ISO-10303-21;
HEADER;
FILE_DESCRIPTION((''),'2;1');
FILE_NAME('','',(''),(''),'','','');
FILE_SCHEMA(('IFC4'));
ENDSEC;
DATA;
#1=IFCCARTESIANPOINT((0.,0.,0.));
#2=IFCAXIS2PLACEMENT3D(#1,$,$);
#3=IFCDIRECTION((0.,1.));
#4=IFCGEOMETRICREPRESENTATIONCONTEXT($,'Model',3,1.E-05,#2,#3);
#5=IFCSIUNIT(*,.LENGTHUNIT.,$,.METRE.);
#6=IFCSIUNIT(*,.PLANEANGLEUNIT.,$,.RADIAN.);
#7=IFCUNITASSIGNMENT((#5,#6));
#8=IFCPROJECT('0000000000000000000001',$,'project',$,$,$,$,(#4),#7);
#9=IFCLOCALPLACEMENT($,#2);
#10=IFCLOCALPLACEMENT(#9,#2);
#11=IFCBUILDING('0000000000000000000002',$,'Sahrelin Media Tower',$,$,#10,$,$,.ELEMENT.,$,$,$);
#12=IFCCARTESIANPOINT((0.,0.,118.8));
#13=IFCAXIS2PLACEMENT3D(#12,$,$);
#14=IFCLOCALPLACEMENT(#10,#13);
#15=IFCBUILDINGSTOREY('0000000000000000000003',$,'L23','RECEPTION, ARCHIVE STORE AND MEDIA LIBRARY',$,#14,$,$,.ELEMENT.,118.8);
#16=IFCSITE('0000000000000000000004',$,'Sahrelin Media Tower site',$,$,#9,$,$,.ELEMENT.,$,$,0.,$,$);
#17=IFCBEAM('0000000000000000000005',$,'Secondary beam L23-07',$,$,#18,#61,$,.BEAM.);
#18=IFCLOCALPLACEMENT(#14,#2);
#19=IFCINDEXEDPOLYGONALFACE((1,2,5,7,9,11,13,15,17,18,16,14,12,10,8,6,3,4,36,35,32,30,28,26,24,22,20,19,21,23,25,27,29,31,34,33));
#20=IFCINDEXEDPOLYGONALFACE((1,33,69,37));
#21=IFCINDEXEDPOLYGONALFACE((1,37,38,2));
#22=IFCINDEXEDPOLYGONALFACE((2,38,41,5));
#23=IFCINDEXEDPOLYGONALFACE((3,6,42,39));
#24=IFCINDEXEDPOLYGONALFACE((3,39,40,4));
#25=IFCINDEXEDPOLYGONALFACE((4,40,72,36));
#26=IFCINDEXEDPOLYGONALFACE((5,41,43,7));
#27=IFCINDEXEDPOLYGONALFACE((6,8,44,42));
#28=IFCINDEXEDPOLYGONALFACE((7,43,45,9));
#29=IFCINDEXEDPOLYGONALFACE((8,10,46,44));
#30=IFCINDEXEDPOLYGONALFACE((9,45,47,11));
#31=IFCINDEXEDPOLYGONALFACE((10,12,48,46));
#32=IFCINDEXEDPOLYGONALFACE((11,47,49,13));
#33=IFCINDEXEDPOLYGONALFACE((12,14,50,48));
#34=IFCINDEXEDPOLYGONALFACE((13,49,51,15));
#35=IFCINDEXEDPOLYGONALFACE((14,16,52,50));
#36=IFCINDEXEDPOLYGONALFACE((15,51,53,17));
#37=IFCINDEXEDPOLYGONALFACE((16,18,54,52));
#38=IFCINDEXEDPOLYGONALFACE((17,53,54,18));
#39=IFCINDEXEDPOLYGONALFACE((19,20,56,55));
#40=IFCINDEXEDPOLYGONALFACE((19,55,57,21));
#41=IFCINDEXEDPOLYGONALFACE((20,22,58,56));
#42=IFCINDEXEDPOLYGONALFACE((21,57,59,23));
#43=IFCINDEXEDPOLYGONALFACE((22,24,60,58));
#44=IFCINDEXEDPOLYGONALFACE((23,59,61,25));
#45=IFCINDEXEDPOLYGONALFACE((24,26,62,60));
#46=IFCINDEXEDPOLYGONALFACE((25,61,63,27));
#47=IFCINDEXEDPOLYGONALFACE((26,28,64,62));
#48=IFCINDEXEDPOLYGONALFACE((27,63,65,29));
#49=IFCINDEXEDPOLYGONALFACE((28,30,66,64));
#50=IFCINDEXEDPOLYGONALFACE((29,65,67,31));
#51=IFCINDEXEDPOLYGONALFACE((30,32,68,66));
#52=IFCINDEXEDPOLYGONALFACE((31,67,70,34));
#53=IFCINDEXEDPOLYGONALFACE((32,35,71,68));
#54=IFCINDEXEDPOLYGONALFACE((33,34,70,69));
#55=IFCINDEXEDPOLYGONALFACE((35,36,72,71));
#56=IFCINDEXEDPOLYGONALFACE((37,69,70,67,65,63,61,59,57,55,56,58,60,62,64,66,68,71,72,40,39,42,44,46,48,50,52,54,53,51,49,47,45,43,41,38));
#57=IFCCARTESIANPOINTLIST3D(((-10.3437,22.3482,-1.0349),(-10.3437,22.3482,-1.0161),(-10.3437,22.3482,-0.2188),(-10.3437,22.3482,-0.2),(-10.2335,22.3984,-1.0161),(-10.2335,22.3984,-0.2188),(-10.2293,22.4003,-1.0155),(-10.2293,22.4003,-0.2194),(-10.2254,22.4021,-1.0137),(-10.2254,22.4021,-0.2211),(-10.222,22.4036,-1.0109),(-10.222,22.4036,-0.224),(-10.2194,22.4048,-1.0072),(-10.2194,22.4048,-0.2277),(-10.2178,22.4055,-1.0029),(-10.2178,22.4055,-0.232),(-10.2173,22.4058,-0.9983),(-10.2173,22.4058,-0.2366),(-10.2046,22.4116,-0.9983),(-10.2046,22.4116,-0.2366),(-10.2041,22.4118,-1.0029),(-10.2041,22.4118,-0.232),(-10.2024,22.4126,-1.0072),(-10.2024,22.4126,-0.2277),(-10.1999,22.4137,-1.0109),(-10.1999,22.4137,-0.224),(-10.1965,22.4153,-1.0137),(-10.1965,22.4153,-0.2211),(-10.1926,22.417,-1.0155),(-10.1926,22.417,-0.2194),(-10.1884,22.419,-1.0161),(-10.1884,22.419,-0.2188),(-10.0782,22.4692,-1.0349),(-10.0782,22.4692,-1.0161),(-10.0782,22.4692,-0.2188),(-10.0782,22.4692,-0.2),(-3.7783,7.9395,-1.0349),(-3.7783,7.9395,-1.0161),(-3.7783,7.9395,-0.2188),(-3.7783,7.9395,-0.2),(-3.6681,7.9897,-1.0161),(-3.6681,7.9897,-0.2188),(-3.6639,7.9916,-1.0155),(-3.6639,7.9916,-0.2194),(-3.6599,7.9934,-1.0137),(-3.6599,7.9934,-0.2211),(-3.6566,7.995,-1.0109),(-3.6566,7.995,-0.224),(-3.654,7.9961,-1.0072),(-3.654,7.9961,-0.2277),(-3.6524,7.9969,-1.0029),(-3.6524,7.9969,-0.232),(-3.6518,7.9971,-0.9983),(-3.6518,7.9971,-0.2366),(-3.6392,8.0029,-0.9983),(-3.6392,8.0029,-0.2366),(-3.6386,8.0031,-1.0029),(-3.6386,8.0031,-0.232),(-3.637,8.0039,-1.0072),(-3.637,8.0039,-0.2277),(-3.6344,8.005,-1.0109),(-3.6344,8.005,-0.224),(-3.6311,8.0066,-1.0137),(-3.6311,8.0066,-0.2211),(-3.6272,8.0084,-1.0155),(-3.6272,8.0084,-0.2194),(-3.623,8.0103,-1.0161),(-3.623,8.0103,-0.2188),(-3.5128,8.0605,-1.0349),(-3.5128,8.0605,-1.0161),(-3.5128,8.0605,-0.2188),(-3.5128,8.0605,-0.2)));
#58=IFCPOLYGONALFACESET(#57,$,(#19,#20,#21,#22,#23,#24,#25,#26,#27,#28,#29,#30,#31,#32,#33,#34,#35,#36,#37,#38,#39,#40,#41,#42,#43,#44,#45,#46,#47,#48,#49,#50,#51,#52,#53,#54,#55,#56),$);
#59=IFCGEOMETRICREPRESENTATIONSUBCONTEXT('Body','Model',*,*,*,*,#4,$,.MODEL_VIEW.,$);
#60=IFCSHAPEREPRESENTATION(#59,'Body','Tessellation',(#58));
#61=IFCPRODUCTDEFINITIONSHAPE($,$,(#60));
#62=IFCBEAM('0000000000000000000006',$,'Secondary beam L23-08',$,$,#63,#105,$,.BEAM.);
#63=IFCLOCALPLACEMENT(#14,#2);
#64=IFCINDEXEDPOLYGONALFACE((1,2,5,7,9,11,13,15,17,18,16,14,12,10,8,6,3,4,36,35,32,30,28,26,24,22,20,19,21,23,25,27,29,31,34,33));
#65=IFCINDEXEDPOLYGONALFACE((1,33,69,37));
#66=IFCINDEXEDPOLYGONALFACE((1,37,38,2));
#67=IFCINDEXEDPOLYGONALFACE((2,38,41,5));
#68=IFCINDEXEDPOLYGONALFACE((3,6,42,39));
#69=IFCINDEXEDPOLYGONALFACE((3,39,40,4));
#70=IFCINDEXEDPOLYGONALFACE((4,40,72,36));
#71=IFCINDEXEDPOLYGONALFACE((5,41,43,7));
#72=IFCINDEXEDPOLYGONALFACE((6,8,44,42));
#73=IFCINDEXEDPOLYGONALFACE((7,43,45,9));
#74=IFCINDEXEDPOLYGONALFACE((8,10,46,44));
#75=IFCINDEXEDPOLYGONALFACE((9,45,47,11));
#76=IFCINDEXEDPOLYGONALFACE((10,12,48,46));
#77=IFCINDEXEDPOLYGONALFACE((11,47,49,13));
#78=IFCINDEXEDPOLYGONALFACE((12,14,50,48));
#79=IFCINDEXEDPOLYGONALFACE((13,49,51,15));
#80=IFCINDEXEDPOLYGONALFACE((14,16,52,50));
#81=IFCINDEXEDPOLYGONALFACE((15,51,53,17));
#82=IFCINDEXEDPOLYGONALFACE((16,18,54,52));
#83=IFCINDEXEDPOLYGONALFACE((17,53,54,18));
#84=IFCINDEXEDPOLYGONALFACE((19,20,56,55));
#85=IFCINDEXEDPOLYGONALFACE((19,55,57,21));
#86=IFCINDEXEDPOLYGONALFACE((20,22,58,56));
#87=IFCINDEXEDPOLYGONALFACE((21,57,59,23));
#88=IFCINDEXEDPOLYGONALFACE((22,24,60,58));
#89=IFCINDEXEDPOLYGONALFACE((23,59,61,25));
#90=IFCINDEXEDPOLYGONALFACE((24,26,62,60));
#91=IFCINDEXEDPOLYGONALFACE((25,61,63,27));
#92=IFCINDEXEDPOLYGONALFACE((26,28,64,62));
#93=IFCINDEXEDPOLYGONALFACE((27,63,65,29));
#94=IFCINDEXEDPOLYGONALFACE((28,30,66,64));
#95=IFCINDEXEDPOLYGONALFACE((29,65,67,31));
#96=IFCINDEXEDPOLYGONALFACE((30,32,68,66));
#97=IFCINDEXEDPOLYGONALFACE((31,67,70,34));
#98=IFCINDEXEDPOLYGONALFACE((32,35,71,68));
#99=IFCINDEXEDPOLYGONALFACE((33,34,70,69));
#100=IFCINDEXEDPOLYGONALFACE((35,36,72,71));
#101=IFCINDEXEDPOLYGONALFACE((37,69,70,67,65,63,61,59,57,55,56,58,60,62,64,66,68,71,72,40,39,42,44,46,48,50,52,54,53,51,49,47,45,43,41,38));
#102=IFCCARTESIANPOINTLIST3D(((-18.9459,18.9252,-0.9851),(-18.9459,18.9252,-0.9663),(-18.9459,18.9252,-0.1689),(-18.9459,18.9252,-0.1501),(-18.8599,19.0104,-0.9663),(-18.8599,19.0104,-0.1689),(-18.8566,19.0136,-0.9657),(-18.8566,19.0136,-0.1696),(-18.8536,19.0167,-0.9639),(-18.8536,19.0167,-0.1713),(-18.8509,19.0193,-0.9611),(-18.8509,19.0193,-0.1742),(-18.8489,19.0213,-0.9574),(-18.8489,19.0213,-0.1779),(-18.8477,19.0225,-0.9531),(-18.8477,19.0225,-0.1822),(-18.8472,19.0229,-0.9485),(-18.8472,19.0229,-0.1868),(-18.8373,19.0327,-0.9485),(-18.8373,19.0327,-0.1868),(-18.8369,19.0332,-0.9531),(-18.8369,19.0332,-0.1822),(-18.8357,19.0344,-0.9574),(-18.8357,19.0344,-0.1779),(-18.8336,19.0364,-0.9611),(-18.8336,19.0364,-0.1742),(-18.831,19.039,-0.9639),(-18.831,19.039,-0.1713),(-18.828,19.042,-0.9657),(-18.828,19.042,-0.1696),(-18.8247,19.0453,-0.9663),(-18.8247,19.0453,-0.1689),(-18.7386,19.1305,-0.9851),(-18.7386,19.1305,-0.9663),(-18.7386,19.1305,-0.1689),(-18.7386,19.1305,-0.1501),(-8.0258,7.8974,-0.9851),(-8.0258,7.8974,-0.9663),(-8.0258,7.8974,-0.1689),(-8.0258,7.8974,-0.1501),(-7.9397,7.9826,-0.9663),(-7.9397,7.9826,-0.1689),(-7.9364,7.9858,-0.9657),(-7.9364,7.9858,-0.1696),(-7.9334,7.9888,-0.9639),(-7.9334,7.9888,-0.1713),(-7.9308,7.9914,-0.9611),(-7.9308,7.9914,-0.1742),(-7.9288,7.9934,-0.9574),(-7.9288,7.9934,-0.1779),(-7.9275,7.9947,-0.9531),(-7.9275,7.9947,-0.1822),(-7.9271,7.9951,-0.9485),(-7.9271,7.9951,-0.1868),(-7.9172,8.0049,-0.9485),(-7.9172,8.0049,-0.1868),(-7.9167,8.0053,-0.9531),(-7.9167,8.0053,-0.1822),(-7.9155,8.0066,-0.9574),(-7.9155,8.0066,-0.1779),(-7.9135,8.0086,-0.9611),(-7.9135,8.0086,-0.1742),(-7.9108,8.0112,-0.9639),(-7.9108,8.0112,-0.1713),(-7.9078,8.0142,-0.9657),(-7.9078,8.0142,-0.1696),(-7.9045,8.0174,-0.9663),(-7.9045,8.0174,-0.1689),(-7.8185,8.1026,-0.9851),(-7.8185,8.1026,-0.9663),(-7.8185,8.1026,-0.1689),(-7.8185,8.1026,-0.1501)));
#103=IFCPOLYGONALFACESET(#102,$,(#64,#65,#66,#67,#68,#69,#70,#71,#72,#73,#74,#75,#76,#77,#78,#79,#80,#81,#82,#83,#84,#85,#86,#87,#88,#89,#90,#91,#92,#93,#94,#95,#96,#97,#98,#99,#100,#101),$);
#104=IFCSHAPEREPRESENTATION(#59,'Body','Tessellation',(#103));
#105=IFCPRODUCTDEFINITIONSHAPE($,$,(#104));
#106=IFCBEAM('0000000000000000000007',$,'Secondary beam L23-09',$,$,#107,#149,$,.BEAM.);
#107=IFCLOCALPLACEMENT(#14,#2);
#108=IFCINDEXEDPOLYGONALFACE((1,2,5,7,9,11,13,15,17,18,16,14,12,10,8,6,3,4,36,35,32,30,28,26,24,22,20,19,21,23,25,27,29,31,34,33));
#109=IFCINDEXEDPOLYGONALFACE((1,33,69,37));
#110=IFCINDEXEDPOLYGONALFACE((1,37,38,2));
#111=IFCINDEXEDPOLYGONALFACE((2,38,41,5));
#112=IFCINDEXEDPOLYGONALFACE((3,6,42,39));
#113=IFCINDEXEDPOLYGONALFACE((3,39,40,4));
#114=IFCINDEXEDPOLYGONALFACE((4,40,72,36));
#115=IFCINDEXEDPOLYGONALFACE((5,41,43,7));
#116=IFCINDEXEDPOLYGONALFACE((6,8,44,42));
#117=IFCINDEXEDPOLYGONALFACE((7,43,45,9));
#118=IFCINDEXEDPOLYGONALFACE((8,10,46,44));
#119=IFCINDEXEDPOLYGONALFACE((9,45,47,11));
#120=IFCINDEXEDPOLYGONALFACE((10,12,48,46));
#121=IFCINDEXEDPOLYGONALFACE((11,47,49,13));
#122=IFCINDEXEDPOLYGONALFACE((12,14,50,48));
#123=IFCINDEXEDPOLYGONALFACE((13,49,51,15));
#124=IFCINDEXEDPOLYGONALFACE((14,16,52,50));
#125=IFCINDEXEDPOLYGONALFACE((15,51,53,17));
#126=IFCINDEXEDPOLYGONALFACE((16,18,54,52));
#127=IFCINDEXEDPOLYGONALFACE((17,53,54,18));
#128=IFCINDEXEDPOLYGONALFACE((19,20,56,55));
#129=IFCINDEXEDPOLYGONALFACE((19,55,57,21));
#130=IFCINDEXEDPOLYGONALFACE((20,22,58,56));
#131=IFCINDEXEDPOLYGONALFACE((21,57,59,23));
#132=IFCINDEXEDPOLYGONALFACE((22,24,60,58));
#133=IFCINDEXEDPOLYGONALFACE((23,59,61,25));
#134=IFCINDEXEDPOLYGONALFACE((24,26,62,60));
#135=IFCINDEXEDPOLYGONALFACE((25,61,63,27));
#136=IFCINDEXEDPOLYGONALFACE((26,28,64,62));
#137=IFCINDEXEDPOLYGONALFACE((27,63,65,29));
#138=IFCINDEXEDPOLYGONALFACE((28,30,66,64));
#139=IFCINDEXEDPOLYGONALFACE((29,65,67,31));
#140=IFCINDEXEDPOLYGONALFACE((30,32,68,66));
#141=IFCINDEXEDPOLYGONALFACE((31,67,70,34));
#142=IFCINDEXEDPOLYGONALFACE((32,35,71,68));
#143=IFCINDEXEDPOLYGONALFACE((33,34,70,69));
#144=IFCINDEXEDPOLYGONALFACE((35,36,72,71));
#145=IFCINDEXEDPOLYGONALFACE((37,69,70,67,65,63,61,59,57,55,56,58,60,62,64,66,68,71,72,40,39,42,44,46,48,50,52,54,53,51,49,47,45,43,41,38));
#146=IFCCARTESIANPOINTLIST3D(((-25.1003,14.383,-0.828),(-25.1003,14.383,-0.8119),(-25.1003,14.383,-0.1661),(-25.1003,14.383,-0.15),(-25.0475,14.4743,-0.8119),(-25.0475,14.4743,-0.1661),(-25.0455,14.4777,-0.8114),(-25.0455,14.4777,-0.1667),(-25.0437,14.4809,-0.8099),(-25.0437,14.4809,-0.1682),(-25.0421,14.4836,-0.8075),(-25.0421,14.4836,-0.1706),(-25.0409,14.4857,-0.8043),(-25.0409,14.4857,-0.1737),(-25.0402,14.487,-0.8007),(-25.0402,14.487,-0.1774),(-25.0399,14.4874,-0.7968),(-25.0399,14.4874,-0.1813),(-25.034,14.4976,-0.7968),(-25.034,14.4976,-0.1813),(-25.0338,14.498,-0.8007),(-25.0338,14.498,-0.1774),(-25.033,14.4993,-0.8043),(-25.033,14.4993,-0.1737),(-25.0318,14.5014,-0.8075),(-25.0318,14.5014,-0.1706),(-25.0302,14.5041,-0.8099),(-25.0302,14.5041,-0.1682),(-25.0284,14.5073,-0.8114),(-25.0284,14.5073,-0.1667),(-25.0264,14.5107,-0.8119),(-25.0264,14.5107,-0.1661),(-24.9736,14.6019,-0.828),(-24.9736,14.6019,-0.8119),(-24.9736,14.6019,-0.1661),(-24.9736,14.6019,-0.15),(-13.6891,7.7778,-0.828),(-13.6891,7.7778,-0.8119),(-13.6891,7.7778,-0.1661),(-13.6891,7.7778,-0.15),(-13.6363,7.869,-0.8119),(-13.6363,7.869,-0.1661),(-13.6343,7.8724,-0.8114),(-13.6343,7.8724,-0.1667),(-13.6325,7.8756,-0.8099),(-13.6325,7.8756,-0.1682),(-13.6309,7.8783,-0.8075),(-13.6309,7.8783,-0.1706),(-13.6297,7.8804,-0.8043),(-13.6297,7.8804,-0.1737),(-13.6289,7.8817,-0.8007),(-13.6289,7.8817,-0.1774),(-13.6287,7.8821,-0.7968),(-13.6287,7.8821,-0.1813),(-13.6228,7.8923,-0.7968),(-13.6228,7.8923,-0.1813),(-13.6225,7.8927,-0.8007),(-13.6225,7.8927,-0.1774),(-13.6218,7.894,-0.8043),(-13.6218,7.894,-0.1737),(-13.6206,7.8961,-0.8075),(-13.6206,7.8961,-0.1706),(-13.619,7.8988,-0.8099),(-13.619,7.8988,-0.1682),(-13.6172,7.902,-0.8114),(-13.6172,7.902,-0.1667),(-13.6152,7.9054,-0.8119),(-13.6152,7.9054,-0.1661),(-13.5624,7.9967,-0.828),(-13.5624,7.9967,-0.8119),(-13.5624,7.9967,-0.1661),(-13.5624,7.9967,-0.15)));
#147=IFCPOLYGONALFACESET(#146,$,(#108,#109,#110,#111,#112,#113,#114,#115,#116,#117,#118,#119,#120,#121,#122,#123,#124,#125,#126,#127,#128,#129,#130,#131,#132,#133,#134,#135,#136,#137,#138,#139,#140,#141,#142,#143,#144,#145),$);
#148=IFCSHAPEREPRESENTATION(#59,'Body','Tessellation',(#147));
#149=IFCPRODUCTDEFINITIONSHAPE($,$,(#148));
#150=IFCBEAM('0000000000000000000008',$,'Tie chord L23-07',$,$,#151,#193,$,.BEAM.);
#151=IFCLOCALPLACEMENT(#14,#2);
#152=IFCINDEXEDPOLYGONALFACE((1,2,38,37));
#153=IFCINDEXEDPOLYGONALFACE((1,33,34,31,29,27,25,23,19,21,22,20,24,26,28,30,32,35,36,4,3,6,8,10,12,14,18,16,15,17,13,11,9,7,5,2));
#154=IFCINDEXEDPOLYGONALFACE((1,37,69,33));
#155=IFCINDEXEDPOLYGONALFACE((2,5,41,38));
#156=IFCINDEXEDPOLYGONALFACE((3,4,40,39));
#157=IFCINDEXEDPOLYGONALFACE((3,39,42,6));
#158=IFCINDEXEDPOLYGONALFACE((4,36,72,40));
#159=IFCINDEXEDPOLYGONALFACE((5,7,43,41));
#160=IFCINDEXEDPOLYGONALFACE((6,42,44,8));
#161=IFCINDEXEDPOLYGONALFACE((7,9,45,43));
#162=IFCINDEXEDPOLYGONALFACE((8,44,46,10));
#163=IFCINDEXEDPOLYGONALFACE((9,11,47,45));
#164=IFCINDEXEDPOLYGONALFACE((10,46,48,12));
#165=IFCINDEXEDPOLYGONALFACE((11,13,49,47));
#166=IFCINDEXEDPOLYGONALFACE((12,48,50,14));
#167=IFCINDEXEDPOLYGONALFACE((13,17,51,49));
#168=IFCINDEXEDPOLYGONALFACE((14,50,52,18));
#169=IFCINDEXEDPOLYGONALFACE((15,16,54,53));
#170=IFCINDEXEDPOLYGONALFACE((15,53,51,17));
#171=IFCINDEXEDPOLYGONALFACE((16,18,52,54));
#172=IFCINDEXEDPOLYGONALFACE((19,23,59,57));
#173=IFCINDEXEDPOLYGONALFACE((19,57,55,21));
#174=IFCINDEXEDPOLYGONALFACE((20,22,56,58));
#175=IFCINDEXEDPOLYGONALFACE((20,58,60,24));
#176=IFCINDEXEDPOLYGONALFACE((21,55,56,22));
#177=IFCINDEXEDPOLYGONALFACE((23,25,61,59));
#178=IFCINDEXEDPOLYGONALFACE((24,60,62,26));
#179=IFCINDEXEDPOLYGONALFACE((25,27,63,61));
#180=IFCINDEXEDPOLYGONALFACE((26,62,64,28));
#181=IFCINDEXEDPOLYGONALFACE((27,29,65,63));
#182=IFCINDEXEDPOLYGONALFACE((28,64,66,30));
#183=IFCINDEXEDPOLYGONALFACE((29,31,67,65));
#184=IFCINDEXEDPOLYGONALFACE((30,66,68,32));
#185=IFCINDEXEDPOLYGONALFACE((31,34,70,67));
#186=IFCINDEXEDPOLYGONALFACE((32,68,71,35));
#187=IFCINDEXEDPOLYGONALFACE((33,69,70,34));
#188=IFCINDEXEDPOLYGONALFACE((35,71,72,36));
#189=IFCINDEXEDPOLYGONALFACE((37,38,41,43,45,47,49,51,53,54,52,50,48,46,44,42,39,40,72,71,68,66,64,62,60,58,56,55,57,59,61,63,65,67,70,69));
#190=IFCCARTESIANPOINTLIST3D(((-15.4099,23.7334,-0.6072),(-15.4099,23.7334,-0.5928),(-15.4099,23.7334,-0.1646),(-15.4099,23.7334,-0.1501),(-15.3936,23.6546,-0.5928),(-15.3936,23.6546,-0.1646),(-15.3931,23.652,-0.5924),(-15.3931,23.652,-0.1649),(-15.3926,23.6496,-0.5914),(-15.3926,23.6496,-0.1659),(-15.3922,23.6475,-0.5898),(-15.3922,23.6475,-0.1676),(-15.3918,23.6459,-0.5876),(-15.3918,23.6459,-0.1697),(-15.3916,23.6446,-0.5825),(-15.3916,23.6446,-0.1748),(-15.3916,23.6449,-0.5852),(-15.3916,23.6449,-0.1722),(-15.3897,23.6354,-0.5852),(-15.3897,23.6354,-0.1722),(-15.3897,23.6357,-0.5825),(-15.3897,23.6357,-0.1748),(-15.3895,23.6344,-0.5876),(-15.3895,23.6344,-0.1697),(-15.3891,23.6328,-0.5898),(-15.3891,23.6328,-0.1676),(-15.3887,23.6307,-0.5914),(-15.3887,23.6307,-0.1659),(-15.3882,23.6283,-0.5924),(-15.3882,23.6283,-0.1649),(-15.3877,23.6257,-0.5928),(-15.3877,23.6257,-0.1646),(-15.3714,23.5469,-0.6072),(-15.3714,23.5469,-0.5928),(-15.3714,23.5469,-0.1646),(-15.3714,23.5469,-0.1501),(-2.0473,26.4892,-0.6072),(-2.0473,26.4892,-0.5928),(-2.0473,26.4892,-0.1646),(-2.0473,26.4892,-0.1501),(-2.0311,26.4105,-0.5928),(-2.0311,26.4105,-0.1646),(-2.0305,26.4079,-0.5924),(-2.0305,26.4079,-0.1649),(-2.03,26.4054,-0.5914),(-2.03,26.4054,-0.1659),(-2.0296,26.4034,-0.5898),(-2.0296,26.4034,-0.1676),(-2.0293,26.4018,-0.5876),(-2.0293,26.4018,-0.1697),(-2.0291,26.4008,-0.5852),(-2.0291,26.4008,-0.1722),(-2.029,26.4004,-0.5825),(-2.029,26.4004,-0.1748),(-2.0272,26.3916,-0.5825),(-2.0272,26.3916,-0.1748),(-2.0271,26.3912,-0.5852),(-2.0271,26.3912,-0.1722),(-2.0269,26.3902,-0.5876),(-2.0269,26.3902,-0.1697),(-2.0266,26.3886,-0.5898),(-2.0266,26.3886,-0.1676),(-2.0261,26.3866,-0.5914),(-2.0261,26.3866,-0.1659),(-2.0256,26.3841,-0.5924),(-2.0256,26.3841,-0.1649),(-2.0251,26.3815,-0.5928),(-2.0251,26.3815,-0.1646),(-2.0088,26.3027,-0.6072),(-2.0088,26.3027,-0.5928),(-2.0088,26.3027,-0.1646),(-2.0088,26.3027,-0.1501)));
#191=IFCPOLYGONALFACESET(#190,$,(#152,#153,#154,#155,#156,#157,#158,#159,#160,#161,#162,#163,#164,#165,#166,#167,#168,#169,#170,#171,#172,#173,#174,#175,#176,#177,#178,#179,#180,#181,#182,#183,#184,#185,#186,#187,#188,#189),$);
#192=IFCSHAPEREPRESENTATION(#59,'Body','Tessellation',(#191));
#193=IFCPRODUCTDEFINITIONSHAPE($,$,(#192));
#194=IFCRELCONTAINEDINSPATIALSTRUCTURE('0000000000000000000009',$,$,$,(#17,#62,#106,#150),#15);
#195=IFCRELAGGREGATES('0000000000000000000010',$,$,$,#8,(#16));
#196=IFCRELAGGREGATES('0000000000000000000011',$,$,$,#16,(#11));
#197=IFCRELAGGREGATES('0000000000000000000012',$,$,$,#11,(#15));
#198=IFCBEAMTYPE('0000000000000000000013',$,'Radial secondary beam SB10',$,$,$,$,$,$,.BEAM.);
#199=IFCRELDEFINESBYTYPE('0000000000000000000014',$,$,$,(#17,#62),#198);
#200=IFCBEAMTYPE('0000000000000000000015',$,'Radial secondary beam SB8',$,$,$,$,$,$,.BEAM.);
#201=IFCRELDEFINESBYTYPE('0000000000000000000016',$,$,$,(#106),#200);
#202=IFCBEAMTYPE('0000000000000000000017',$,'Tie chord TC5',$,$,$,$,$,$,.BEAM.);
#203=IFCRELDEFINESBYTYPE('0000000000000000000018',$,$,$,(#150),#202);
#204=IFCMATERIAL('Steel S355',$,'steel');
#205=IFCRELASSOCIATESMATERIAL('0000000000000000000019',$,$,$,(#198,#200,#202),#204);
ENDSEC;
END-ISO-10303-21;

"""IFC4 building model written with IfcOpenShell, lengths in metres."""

from ifc_helpers import new_model, si_unit, direction, frame, origin, origin_2d, place, context, subcontext, project, spatial, i_section, extrude, material, material_profile, profile_set, type_object, element, save


model = new_model("IFC4")

# Units and contexts
model_context = context("Model", 3, precision=1e-05, world=origin(), true_north=direction((0.0, 1.0)))
body_context = subcontext(model_context, "Body", "Model", "MODEL_VIEW")
ifc_project = project(units=[si_unit("LENGTHUNIT", "METRE"), si_unit("PLANEANGLEUNIT", "RADIAN")], contexts=[model_context])

# Site, building, storey
site_placement = place(None, origin())
site = spatial("IfcSite", under=ifc_project, at=site_placement, Name="Sahrelin Media Tower site", CompositionType="ELEMENT", RefElevation=0.0)
building_placement = place(site_placement, origin())
building = spatial("IfcBuilding", under=site, at=building_placement, Name="Sahrelin Media Tower", CompositionType="ELEMENT")
storey_placement = place(building_placement, frame((0.0, 0.0, 118.8)))
storey = spatial("IfcBuildingStorey", under=building, at=storey_placement, Name="L23", Description="RECEPTION, ARCHIVE STORE AND MEDIA LIBRARY", CompositionType="ELEMENT", Elevation=118.8)

# Beams
ifc_material_1 = material(Name="Steel S355", Category="steel")
ifc_material_profile_1 = material_profile(ifc_material_1, i_section(OverallWidth=0.2917, OverallDepth=0.835, WebThickness=0.0139, FlangeThickness=0.0188, FilletRadius=0.0178, at=origin_2d()), Name="UB 838x292x176")
ifc_profile_set_1 = profile_set([ifc_material_profile_1], Name="Steel S355")
beam_type_1 = type_object("IfcBeamType", Name="Radial secondary beam SB10", PredefinedType="BEAM", material=ifc_profile_set_1)
beam_1_placement = place(storey_placement, frame((-3.6455, 8.0, -0.6174), z_axis=(-0.414642, 0.909985, 0.0), x_axis=(-0.909985, -0.414642, 0.0)))
element("IfcBeam", 1, at=beam_1_placement, inside=storey, type_object=beam_type_1, Name="Secondary beam L23-07", PredefinedType="BEAM", context=body_context, shape_type="SweptSolid", body=[
    extrude(i_section(OverallWidth=0.2917, OverallDepth=0.835, WebThickness=0.0139, FlangeThickness=0.0188, FilletRadius=0.0178, at=origin_2d()), origin(), (0.0, 0.0, 1.0), 15.834),
])
beam_2_placement = place(storey_placement, frame((-7.9221, 8.0, -0.5676), z_axis=(-0.70363, 0.710567, 0.0), x_axis=(-0.710567, -0.70363, 0.0)))
element("IfcBeam", 2, at=beam_2_placement, inside=storey, type_object=beam_type_1, Name="Secondary beam L23-08", PredefinedType="BEAM", context=body_context, shape_type="SweptSolid", body=[
    extrude(i_section(OverallWidth=0.2917, OverallDepth=0.835, WebThickness=0.0139, FlangeThickness=0.0188, FilletRadius=0.0178, at=origin_2d()), origin(), (0.0, 0.0, 1.0), 15.5198),
])
ifc_material_profile_2 = material_profile(ifc_material_1, i_section(OverallWidth=0.2529, OverallDepth=0.678, WebThickness=0.0117, FlangeThickness=0.0161, FilletRadius=0.0151, at=origin_2d()), Name="UB 686x254x125")
ifc_profile_set_2 = profile_set([ifc_material_profile_2], Name="Steel S355")
beam_type_2 = type_object("IfcBeamType", Name="Radial secondary beam SB8", PredefinedType="BEAM", material=ifc_profile_set_2)
beam_3_placement = place(storey_placement, frame((-13.6257, 7.8872, -0.489), z_axis=(-0.865466, 0.500967, 0.0), x_axis=(-0.500967, -0.865466, 0.0)))
element("IfcBeam", 3, at=beam_3_placement, inside=storey, type_object=beam_type_2, Name="Secondary beam L23-09", PredefinedType="BEAM", context=body_context, shape_type="SweptSolid", body=[
    extrude(i_section(OverallWidth=0.2529, OverallDepth=0.678, WebThickness=0.0117, FlangeThickness=0.0161, FilletRadius=0.0151, at=origin_2d()), origin(), (0.0, 0.0, 1.0), 13.1851),
])
ifc_material_profile_3 = material_profile(ifc_material_1, i_section(OverallWidth=0.1904, OverallDepth=0.457, WebThickness=0.009, FlangeThickness=0.0144, FilletRadius=0.0103, at=origin_2d()), Name="UB 457x191x74")
ifc_profile_set_3 = profile_set([ifc_material_profile_3], Name="Steel S355")
beam_type_3 = type_object("IfcBeamType", Name="Tie chord TC5", PredefinedType="BEAM", material=ifc_profile_set_3)
beam_4_placement = place(storey_placement, frame((-2.0281, 26.396, -0.3787), z_axis=(-0.979388, -0.201987, 0.0), x_axis=(0.201987, -0.979388, 0.0)))
element("IfcBeam", 4, at=beam_4_placement, inside=storey, type_object=beam_type_3, Name="Tie chord L23-07", PredefinedType="BEAM", context=body_context, shape_type="SweptSolid", body=[
    extrude(i_section(OverallWidth=0.1904, OverallDepth=0.457, WebThickness=0.009, FlangeThickness=0.0144, FilletRadius=0.0103, at=origin_2d()), origin(), (0.0, 0.0, 1.0), 13.6438),
])

save(model, "model.ifc")
